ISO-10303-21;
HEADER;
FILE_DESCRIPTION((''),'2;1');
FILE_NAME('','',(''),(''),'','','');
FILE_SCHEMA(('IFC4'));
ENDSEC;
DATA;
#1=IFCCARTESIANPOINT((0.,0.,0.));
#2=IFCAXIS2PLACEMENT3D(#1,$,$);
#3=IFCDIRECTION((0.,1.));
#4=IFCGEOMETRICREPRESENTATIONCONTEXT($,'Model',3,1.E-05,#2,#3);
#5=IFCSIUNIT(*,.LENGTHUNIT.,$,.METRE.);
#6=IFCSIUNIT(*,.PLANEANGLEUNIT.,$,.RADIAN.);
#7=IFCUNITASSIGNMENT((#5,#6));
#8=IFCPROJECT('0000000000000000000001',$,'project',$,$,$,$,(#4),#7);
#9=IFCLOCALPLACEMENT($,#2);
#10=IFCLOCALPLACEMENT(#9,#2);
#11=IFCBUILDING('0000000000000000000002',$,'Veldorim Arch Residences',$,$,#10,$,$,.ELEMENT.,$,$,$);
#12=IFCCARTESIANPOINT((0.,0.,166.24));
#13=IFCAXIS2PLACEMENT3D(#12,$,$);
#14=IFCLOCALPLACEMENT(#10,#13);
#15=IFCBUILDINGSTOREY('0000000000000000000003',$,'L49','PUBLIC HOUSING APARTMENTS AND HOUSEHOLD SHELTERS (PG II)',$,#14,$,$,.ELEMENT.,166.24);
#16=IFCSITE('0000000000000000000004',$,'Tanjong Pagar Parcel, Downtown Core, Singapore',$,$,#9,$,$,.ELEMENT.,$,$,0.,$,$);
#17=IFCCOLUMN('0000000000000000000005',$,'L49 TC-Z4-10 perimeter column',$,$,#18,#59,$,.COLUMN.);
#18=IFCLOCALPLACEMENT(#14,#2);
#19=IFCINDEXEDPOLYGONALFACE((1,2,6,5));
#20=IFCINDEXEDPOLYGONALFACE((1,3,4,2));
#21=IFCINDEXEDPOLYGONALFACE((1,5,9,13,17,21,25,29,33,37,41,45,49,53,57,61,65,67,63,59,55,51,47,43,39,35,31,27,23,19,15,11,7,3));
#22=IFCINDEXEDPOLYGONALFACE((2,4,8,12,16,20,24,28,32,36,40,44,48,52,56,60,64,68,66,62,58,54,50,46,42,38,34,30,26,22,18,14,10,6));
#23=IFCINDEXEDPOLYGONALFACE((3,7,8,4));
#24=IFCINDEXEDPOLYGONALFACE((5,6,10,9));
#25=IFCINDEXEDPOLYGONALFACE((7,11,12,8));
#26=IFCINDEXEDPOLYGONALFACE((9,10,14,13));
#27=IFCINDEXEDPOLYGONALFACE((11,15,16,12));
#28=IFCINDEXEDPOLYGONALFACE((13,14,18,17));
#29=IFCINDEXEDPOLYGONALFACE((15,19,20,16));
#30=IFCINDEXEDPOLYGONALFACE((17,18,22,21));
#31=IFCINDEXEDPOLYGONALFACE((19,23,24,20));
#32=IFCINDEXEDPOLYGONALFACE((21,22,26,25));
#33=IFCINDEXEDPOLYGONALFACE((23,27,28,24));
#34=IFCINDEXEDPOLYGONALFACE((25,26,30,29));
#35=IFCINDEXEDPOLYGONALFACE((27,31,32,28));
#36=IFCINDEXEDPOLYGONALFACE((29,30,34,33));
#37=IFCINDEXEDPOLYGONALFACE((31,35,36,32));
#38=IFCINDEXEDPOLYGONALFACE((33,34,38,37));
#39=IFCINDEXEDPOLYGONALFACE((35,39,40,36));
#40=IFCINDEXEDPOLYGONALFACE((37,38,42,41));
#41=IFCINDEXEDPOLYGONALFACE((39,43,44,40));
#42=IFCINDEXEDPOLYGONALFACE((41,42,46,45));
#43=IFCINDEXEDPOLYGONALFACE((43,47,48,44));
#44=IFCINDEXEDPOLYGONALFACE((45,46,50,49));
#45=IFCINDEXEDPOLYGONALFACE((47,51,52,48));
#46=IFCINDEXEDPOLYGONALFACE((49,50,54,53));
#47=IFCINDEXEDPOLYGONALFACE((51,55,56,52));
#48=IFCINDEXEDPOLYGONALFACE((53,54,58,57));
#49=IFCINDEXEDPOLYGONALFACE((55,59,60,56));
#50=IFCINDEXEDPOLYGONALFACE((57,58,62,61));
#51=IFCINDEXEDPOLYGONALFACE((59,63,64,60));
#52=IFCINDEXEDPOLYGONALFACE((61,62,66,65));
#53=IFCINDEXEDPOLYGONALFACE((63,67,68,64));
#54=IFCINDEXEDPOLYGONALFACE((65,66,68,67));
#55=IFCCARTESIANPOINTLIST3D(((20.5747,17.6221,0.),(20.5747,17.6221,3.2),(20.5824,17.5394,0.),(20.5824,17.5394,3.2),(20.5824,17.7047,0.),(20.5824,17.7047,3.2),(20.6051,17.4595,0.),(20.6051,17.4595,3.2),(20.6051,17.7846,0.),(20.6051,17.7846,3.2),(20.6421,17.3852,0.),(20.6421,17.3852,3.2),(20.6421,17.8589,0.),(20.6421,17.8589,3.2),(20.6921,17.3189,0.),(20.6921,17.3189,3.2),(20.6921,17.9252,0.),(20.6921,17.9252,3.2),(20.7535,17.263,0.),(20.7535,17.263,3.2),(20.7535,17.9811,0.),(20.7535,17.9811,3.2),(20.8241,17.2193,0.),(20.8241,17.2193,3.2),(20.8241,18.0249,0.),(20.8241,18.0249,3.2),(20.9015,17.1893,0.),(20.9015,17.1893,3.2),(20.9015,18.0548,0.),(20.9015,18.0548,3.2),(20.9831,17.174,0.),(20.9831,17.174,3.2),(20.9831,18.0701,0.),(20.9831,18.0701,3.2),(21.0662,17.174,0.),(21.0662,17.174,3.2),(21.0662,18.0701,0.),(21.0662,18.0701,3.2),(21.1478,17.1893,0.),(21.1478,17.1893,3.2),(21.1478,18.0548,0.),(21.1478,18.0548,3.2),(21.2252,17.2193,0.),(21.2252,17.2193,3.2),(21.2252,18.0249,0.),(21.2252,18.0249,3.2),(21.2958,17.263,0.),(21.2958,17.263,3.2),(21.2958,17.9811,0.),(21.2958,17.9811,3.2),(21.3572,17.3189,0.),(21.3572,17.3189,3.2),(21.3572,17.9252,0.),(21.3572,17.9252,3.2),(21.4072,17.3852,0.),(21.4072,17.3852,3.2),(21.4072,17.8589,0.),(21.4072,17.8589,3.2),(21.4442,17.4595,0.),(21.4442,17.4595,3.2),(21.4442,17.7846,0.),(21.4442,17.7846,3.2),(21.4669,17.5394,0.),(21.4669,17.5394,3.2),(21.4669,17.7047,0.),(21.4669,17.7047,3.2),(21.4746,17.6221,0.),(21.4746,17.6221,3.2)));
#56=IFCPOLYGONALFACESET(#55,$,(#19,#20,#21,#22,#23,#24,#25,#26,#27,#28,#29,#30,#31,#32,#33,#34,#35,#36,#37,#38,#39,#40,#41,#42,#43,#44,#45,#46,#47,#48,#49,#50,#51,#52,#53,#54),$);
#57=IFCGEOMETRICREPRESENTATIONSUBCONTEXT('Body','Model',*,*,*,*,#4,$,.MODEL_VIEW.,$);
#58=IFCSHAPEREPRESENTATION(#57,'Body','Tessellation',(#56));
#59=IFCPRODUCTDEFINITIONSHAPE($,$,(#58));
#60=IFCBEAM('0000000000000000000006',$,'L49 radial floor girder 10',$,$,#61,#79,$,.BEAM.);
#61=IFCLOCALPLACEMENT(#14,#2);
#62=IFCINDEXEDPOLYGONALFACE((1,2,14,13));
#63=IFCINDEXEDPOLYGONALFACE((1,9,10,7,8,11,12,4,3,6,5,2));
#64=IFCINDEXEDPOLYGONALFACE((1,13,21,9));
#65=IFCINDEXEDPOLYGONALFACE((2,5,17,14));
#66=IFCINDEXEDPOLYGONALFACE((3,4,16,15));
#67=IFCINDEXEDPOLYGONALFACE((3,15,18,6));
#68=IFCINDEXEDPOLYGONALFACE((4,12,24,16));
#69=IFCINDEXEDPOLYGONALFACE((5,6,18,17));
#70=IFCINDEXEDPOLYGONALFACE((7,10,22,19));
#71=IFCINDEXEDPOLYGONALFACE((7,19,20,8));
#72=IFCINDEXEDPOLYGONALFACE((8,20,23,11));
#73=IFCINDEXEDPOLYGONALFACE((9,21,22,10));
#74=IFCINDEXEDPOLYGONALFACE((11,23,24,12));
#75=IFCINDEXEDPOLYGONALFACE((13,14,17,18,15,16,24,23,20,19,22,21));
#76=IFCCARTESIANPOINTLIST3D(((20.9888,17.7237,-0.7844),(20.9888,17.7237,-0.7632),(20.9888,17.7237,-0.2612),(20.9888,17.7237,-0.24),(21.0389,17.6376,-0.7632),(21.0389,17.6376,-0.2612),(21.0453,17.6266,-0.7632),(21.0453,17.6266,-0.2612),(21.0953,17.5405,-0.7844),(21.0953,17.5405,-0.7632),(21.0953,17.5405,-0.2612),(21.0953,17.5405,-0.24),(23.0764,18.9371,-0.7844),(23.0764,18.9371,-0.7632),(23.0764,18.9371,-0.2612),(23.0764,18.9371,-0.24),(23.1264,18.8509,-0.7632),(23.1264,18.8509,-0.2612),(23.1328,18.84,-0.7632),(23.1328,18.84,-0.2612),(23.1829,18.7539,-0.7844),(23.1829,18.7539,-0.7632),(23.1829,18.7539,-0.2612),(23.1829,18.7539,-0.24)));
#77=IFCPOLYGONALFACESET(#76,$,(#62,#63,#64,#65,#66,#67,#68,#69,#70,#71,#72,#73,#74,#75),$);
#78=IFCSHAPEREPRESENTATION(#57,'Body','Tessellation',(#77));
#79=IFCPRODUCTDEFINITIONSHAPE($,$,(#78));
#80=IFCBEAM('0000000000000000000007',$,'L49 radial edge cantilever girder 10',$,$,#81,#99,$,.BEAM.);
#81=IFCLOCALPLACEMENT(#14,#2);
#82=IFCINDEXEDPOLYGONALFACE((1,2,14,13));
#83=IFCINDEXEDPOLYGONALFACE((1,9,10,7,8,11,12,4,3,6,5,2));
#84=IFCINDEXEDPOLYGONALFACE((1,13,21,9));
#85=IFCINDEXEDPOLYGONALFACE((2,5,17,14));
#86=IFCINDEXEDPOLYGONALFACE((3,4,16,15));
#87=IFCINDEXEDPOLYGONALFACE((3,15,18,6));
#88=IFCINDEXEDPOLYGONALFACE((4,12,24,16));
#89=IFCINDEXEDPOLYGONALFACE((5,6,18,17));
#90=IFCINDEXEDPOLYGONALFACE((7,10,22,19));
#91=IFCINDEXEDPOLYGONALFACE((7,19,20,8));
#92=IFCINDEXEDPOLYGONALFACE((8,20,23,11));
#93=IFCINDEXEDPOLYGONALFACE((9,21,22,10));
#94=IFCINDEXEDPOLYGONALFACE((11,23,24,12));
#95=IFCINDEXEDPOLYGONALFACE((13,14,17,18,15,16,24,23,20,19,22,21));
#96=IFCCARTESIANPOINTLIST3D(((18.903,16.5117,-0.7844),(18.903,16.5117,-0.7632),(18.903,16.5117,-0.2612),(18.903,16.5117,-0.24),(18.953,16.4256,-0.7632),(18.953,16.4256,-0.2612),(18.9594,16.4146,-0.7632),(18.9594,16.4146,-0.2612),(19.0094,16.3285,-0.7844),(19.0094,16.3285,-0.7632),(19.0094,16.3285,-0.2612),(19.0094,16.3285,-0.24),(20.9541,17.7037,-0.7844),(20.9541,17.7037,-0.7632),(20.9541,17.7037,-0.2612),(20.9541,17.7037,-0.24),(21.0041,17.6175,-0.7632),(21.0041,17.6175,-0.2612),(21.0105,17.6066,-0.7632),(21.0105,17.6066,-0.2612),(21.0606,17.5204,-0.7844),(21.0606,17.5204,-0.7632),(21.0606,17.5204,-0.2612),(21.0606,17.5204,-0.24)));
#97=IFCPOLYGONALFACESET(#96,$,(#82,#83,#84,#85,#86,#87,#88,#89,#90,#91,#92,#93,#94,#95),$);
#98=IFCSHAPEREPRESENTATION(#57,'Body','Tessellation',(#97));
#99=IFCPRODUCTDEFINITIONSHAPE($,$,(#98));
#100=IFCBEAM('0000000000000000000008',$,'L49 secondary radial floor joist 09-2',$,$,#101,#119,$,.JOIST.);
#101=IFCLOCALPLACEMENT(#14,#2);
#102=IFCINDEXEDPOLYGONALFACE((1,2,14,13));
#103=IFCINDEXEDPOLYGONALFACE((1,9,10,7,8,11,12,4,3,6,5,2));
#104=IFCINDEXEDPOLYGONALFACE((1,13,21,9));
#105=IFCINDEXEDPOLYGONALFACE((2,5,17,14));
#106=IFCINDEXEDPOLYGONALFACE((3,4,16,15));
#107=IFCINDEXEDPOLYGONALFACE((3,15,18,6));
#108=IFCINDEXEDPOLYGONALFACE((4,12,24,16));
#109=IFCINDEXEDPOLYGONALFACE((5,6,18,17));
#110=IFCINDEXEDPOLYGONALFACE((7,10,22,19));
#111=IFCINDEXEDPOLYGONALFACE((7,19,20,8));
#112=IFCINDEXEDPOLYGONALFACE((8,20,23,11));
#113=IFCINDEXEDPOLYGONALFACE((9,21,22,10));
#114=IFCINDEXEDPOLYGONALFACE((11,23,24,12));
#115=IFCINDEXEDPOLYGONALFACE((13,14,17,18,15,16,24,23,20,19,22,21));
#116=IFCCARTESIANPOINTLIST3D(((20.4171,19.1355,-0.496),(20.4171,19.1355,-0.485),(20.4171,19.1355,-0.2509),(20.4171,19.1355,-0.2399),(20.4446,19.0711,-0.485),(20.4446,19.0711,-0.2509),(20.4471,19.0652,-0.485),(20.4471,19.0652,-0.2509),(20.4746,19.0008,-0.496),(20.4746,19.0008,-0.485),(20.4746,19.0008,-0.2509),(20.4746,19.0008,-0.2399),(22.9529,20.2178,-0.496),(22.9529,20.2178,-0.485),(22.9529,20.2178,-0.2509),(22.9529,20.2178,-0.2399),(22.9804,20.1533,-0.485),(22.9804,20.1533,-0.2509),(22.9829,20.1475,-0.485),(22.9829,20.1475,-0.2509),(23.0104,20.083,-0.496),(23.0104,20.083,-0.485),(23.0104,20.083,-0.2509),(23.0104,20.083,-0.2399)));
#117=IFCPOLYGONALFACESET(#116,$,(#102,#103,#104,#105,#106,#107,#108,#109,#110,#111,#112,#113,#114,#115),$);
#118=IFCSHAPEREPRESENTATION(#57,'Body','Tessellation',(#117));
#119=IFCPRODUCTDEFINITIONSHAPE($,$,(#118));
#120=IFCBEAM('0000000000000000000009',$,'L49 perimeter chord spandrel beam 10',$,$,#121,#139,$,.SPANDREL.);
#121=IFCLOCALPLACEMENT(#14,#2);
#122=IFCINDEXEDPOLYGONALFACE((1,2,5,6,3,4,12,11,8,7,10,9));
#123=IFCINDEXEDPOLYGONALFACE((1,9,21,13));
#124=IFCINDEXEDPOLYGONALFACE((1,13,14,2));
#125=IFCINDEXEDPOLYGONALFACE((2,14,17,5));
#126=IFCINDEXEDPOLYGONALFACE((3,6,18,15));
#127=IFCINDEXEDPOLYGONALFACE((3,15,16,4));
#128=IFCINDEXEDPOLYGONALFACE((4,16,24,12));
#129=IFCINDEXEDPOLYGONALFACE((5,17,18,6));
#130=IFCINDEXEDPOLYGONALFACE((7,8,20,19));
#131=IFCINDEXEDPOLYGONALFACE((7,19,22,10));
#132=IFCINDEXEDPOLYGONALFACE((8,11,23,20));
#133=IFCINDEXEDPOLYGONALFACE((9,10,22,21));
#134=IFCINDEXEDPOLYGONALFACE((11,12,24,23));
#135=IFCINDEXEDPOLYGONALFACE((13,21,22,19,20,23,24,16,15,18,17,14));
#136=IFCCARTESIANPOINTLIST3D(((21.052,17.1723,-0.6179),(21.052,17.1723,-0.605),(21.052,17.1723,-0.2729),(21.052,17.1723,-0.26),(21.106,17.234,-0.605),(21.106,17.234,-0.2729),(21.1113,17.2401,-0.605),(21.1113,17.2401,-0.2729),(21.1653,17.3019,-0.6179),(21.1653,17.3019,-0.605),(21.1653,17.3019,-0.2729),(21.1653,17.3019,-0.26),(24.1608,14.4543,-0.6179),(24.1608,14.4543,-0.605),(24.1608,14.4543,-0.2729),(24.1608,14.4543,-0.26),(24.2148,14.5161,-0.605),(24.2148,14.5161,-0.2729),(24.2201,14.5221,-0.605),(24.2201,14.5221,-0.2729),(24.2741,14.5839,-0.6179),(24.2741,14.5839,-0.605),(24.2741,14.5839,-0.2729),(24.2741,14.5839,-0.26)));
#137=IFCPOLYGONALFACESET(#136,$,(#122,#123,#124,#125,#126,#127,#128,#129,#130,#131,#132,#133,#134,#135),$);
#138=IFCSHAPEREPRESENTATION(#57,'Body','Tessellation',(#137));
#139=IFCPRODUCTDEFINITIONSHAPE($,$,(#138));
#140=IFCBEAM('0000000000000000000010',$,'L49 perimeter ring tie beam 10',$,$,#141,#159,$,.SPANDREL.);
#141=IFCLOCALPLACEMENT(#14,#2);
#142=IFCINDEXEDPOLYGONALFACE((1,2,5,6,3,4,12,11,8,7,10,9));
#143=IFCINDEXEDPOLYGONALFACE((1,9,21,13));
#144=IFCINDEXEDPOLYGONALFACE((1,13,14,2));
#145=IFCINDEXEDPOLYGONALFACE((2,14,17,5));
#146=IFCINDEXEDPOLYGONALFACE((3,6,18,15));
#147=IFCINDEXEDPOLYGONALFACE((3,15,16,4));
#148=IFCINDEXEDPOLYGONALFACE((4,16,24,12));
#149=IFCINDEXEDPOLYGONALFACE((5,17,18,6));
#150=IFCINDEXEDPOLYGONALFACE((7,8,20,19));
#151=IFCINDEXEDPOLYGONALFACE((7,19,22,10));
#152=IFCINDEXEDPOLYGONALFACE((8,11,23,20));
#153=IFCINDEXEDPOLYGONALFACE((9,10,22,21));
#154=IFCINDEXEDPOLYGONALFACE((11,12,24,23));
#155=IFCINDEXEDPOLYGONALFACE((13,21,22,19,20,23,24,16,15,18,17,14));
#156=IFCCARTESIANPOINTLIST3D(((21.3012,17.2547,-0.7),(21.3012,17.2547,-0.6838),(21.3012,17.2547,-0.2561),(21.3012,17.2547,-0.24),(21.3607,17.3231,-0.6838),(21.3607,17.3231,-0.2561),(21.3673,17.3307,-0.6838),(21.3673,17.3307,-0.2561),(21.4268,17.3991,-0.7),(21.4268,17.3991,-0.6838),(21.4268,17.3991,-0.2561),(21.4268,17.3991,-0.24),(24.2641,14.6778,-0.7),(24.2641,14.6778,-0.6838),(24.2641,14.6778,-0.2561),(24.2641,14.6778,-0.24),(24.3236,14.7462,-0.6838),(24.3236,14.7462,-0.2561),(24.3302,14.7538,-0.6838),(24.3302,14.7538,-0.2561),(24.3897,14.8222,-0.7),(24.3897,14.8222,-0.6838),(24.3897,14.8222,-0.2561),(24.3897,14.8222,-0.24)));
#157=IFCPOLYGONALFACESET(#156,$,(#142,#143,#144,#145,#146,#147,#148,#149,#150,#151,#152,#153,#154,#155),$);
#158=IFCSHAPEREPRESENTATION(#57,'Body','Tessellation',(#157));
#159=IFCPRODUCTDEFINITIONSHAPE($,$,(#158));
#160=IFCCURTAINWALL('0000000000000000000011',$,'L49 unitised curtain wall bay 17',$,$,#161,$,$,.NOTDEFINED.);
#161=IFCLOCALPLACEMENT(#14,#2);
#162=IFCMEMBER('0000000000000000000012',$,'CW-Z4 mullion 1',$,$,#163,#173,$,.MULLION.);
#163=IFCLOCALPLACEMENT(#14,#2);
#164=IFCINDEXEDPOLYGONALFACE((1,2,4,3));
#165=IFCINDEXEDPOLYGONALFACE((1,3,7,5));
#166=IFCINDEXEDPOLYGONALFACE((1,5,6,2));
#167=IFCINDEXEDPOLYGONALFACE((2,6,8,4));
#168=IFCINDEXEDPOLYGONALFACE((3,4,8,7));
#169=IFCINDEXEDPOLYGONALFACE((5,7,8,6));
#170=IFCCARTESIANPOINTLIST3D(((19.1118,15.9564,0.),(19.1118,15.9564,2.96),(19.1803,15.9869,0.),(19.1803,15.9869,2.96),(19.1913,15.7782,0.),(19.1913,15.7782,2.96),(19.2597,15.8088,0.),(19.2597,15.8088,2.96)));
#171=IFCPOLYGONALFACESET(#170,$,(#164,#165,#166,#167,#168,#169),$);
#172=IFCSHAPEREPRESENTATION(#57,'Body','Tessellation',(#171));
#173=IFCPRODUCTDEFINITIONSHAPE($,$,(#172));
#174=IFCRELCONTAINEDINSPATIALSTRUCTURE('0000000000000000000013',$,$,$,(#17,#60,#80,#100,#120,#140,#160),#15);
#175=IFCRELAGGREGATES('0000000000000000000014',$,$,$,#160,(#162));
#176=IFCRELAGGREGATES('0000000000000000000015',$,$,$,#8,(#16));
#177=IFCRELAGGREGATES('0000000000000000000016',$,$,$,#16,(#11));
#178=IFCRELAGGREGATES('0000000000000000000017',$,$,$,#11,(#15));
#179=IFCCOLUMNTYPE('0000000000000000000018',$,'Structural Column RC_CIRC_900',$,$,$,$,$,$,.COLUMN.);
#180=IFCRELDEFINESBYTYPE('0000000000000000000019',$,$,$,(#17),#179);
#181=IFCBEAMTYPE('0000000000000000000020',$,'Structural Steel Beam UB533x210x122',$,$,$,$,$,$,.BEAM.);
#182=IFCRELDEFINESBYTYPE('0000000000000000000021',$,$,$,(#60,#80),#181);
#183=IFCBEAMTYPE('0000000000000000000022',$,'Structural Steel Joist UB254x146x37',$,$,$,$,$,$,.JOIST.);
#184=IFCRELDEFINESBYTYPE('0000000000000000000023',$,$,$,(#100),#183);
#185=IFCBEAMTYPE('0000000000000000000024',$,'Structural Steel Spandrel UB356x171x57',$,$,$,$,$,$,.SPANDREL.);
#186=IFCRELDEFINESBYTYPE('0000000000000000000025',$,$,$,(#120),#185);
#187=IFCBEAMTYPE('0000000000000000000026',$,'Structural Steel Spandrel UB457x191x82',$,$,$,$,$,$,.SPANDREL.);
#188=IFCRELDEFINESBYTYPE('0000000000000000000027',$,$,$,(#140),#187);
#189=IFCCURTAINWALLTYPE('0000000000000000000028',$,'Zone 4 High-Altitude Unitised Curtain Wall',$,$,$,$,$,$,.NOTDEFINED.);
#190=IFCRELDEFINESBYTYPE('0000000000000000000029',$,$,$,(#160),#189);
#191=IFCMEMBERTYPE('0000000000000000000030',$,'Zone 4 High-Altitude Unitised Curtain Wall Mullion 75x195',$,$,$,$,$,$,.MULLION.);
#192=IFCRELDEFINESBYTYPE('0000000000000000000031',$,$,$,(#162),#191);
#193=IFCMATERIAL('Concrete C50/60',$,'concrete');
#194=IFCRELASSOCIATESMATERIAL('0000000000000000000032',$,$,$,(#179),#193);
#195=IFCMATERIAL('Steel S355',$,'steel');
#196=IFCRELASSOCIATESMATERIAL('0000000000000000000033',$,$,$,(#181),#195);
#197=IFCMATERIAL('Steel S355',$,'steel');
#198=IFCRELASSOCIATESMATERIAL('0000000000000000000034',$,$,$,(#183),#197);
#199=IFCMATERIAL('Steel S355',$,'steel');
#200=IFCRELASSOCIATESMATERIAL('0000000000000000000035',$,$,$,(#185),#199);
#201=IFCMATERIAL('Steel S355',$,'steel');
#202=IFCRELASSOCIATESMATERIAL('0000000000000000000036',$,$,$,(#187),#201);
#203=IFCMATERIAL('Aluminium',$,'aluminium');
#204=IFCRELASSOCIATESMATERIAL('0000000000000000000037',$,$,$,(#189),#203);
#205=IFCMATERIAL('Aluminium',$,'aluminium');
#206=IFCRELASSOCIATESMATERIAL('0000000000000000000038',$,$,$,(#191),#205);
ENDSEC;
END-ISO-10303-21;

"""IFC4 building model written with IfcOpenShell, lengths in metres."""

from ifc_helpers import new_model, si_unit, direction, frame, origin, origin_2d, place, context, subcontext, project, spatial, rectangle, circle, i_section, extrude, material, material_profile, profile_set, type_object, element, aggregate, save


model = new_model("IFC4")

# Units and contexts
model_context = context("Model", 3, precision=1e-05, world=origin(), true_north=direction((0.0, 1.0)))
body_context = subcontext(model_context, "Body", "Model", "MODEL_VIEW")
ifc_project = project(units=[si_unit("LENGTHUNIT", "METRE"), si_unit("PLANEANGLEUNIT", "RADIAN")], contexts=[model_context])

# Site, building, storey
site_placement = place(None, origin())
site = spatial("IfcSite", under=ifc_project, at=site_placement, Name="Tanjong Pagar Parcel, Downtown Core, Singapore", CompositionType="ELEMENT", RefElevation=0.0)
building_placement = place(site_placement, origin())
building = spatial("IfcBuilding", under=site, at=building_placement, Name="Veldorim Arch Residences", CompositionType="ELEMENT")
storey_placement = place(building_placement, frame((0.0, 0.0, 166.24)))
storey = spatial("IfcBuildingStorey", under=building, at=storey_placement, Name="L49", Description="PUBLIC HOUSING APARTMENTS AND HOUSEHOLD SHELTERS (PG II)", CompositionType="ELEMENT", Elevation=166.24)

# Column
ifc_material_1 = material(Name="Concrete C50/60", Category="concrete")
ifc_material_profile_1 = material_profile(ifc_material_1, circle(Radius=0.45, at=origin_2d()), Name="RC_CIRC_900")
ifc_profile_set_1 = profile_set([ifc_material_profile_1], Name="Concrete C50/60")
column_type = type_object("IfcColumnType", Name="Structural Column RC_CIRC_900", PredefinedType="COLUMN", material=ifc_profile_set_1)
column_placement = place(storey_placement, frame((21.0247, 17.6221, 0.0), z_axis=(0.0, 0.0, 1.0), x_axis=(1.0, 0.0, 0.0)))
element("IfcColumn", 1, at=column_placement, inside=storey, type_object=column_type, Name="L49 TC-Z4-10 perimeter column", PredefinedType="COLUMN", context=body_context, shape_type="SweptSolid", body=[
    extrude(circle(Radius=0.45, at=origin_2d()), origin(), (0.0, 0.0, 1.0), 3.2),
])

# Beams
ifc_material_2 = material(Name="Steel S355", Category="steel")
ifc_material_profile_2 = material_profile(ifc_material_2, i_section(OverallWidth=0.2119, OverallDepth=0.5444, WebThickness=0.0127, FlangeThickness=0.0212, at=origin_2d()), Name="UB533x210x122")
ifc_profile_set_2 = profile_set([ifc_material_profile_2], Name="Steel S355")
beam_type_1 = type_object("IfcBeamType", Name="Structural Steel Beam UB533x210x122", PredefinedType="BEAM", material=ifc_profile_set_2)
beam_1_placement = place(storey_placement, frame((23.1296, 18.8455, -0.5122), z_axis=(-0.864574, -0.502506, 0.0), x_axis=(0.502506, -0.864574, 0.0)))
element("IfcBeam", 2, at=beam_1_placement, inside=storey, type_object=beam_type_1, Name="L49 radial floor girder 10", PredefinedType="BEAM", context=body_context, shape_type="SweptSolid", body=[
    extrude(i_section(OverallWidth=0.2119, OverallDepth=0.5444, WebThickness=0.0127, FlangeThickness=0.0212, at=origin_2d()), origin(), (0.0, 0.0, 1.0), 2.4146),
])
beam_2_placement = place(storey_placement, frame((21.0073, 17.6121, -0.5122), z_axis=(-0.86461, -0.502443, 0.0), x_axis=(0.502443, -0.86461, 0.0)))
element("IfcBeam", 3, at=beam_2_placement, inside=storey, type_object=beam_type_1, Name="L49 radial edge cantilever girder 10", PredefinedType="BEAM", context=body_context, shape_type="SweptSolid", body=[
    extrude(i_section(OverallWidth=0.2119, OverallDepth=0.5444, WebThickness=0.0127, FlangeThickness=0.0212, at=origin_2d()), origin(), (0.0, 0.0, 1.0), 2.3723),
])
ifc_material_3 = material(Name="Steel S355", Category="steel")
ifc_material_profile_3 = material_profile(ifc_material_3, i_section(OverallWidth=0.1465, OverallDepth=0.2561, WebThickness=0.0063, FlangeThickness=0.011, at=origin_2d()), Name="UB254x146x37")
ifc_profile_set_3 = profile_set([ifc_material_profile_3], Name="Steel S355")
beam_type_2 = type_object("IfcBeamType", Name="Structural Steel Joist UB254x146x37", PredefinedType="JOIST", material=ifc_profile_set_3)
beam_3_placement = place(storey_placement, frame((22.9817, 20.1504, -0.3679), z_axis=(-0.919739, -0.39253, 0.0), x_axis=(0.39253, -0.919739, 0.0)))
element("IfcBeam", 4, at=beam_3_placement, inside=storey, type_object=beam_type_2, Name="L49 secondary radial floor joist 09-2", PredefinedType="JOIST", context=body_context, shape_type="SweptSolid", body=[
    extrude(i_section(OverallWidth=0.1465, OverallDepth=0.2561, WebThickness=0.0063, FlangeThickness=0.011, at=origin_2d()), origin(), (0.0, 0.0, 1.0), 2.7571),
])
ifc_material_4 = material(Name="Steel S355", Category="steel")
ifc_material_profile_4 = material_profile(ifc_material_4, i_section(OverallWidth=0.1721, OverallDepth=0.3579, WebThickness=0.0081, FlangeThickness=0.0129, at=origin_2d()), Name="UB356x171x57")
ifc_profile_set_4 = profile_set([ifc_material_profile_4], Name="Steel S355")
beam_type_3 = type_object("IfcBeamType", Name="Structural Steel Spandrel UB356x171x57", PredefinedType="SPANDREL", material=ifc_profile_set_4)
beam_4_placement = place(storey_placement, frame((21.1086, 17.2371, -0.439), z_axis=(0.752848, -0.658195, 0.0), x_axis=(0.658195, 0.752848, 0.0)))
element("IfcBeam", 5, at=beam_4_placement, inside=storey, type_object=beam_type_3, Name="L49 perimeter chord spandrel beam 10", PredefinedType="SPANDREL", context=body_context, shape_type="SweptSolid", body=[
    extrude(i_section(OverallWidth=0.1721, OverallDepth=0.3579, WebThickness=0.0081, FlangeThickness=0.0129, at=origin_2d()), origin(), (0.0, 0.0, 1.0), 4.1294),
])
ifc_material_5 = material(Name="Steel S355", Category="steel")
ifc_material_profile_5 = material_profile(ifc_material_5, i_section(OverallWidth=0.1914, OverallDepth=0.46, WebThickness=0.01, FlangeThickness=0.0161, at=origin_2d()), Name="UB457x191x82")
ifc_profile_set_5 = profile_set([ifc_material_profile_5], Name="Steel S355")
beam_type_4 = type_object("IfcBeamType", Name="Structural Steel Spandrel UB457x191x82", PredefinedType="SPANDREL", material=ifc_profile_set_5)
beam_5_placement = place(storey_placement, frame((21.364, 17.3269, -0.47), z_axis=(0.754545, -0.656248, 0.0), x_axis=(0.656248, 0.754545, 0.0)))
element("IfcBeam", 6, at=beam_5_placement, inside=storey, type_object=beam_type_4, Name="L49 perimeter ring tie beam 10", PredefinedType="SPANDREL", context=body_context, shape_type="SweptSolid", body=[
    extrude(i_section(OverallWidth=0.1914, OverallDepth=0.46, WebThickness=0.01, FlangeThickness=0.0161, at=origin_2d()), origin(), (0.0, 0.0, 1.0), 3.9268),
])

# Curtain wall, member
ifc_material_6 = material(Name="Aluminium", Category="aluminium")
curtain_wall_type = type_object("IfcCurtainWallType", Name="Zone 4 High-Altitude Unitised Curtain Wall", PredefinedType="NOTDEFINED", material=ifc_material_6)
curtain_wall_1_placement = place(storey_placement, origin())
curtain_wall_1 = element("IfcCurtainWall", 7, at=curtain_wall_1_placement, inside=storey, type_object=curtain_wall_type, Name="L49 unitised curtain wall bay 17", PredefinedType="NOTDEFINED")
ifc_material_7 = material(Name="Aluminium", Category="aluminium")
ifc_material_profile_6 = material_profile(ifc_material_7, rectangle(XDim=0.075, YDim=0.1951, at=origin_2d()), Name="ALU_MUL_75x195")
ifc_profile_set_6 = profile_set([ifc_material_profile_6], Name="Aluminium")
member_type_1 = type_object("IfcMemberType", Name="Zone 4 High-Altitude Unitised Curtain Wall Mullion 75x195", PredefinedType="MULLION", material=ifc_profile_set_6)
member_1_placement = place(storey_placement, frame((19.1858, 15.8826, 0.0), z_axis=(0.0, 0.0, 1.0), x_axis=(-0.913308, -0.407269, 0.0)))
member_1 = element("IfcMember", 8, at=member_1_placement, type_object=member_type_1, Name="CW-Z4 mullion 1", PredefinedType="MULLION", context=body_context, shape_type="SweptSolid", body=[
    extrude(rectangle(XDim=0.075, YDim=0.1951, at=origin_2d()), origin(), (0.0, 0.0, 1.0), 2.96),
])

aggregate(curtain_wall_1, [member_1])

save(model, "model.ifc")
